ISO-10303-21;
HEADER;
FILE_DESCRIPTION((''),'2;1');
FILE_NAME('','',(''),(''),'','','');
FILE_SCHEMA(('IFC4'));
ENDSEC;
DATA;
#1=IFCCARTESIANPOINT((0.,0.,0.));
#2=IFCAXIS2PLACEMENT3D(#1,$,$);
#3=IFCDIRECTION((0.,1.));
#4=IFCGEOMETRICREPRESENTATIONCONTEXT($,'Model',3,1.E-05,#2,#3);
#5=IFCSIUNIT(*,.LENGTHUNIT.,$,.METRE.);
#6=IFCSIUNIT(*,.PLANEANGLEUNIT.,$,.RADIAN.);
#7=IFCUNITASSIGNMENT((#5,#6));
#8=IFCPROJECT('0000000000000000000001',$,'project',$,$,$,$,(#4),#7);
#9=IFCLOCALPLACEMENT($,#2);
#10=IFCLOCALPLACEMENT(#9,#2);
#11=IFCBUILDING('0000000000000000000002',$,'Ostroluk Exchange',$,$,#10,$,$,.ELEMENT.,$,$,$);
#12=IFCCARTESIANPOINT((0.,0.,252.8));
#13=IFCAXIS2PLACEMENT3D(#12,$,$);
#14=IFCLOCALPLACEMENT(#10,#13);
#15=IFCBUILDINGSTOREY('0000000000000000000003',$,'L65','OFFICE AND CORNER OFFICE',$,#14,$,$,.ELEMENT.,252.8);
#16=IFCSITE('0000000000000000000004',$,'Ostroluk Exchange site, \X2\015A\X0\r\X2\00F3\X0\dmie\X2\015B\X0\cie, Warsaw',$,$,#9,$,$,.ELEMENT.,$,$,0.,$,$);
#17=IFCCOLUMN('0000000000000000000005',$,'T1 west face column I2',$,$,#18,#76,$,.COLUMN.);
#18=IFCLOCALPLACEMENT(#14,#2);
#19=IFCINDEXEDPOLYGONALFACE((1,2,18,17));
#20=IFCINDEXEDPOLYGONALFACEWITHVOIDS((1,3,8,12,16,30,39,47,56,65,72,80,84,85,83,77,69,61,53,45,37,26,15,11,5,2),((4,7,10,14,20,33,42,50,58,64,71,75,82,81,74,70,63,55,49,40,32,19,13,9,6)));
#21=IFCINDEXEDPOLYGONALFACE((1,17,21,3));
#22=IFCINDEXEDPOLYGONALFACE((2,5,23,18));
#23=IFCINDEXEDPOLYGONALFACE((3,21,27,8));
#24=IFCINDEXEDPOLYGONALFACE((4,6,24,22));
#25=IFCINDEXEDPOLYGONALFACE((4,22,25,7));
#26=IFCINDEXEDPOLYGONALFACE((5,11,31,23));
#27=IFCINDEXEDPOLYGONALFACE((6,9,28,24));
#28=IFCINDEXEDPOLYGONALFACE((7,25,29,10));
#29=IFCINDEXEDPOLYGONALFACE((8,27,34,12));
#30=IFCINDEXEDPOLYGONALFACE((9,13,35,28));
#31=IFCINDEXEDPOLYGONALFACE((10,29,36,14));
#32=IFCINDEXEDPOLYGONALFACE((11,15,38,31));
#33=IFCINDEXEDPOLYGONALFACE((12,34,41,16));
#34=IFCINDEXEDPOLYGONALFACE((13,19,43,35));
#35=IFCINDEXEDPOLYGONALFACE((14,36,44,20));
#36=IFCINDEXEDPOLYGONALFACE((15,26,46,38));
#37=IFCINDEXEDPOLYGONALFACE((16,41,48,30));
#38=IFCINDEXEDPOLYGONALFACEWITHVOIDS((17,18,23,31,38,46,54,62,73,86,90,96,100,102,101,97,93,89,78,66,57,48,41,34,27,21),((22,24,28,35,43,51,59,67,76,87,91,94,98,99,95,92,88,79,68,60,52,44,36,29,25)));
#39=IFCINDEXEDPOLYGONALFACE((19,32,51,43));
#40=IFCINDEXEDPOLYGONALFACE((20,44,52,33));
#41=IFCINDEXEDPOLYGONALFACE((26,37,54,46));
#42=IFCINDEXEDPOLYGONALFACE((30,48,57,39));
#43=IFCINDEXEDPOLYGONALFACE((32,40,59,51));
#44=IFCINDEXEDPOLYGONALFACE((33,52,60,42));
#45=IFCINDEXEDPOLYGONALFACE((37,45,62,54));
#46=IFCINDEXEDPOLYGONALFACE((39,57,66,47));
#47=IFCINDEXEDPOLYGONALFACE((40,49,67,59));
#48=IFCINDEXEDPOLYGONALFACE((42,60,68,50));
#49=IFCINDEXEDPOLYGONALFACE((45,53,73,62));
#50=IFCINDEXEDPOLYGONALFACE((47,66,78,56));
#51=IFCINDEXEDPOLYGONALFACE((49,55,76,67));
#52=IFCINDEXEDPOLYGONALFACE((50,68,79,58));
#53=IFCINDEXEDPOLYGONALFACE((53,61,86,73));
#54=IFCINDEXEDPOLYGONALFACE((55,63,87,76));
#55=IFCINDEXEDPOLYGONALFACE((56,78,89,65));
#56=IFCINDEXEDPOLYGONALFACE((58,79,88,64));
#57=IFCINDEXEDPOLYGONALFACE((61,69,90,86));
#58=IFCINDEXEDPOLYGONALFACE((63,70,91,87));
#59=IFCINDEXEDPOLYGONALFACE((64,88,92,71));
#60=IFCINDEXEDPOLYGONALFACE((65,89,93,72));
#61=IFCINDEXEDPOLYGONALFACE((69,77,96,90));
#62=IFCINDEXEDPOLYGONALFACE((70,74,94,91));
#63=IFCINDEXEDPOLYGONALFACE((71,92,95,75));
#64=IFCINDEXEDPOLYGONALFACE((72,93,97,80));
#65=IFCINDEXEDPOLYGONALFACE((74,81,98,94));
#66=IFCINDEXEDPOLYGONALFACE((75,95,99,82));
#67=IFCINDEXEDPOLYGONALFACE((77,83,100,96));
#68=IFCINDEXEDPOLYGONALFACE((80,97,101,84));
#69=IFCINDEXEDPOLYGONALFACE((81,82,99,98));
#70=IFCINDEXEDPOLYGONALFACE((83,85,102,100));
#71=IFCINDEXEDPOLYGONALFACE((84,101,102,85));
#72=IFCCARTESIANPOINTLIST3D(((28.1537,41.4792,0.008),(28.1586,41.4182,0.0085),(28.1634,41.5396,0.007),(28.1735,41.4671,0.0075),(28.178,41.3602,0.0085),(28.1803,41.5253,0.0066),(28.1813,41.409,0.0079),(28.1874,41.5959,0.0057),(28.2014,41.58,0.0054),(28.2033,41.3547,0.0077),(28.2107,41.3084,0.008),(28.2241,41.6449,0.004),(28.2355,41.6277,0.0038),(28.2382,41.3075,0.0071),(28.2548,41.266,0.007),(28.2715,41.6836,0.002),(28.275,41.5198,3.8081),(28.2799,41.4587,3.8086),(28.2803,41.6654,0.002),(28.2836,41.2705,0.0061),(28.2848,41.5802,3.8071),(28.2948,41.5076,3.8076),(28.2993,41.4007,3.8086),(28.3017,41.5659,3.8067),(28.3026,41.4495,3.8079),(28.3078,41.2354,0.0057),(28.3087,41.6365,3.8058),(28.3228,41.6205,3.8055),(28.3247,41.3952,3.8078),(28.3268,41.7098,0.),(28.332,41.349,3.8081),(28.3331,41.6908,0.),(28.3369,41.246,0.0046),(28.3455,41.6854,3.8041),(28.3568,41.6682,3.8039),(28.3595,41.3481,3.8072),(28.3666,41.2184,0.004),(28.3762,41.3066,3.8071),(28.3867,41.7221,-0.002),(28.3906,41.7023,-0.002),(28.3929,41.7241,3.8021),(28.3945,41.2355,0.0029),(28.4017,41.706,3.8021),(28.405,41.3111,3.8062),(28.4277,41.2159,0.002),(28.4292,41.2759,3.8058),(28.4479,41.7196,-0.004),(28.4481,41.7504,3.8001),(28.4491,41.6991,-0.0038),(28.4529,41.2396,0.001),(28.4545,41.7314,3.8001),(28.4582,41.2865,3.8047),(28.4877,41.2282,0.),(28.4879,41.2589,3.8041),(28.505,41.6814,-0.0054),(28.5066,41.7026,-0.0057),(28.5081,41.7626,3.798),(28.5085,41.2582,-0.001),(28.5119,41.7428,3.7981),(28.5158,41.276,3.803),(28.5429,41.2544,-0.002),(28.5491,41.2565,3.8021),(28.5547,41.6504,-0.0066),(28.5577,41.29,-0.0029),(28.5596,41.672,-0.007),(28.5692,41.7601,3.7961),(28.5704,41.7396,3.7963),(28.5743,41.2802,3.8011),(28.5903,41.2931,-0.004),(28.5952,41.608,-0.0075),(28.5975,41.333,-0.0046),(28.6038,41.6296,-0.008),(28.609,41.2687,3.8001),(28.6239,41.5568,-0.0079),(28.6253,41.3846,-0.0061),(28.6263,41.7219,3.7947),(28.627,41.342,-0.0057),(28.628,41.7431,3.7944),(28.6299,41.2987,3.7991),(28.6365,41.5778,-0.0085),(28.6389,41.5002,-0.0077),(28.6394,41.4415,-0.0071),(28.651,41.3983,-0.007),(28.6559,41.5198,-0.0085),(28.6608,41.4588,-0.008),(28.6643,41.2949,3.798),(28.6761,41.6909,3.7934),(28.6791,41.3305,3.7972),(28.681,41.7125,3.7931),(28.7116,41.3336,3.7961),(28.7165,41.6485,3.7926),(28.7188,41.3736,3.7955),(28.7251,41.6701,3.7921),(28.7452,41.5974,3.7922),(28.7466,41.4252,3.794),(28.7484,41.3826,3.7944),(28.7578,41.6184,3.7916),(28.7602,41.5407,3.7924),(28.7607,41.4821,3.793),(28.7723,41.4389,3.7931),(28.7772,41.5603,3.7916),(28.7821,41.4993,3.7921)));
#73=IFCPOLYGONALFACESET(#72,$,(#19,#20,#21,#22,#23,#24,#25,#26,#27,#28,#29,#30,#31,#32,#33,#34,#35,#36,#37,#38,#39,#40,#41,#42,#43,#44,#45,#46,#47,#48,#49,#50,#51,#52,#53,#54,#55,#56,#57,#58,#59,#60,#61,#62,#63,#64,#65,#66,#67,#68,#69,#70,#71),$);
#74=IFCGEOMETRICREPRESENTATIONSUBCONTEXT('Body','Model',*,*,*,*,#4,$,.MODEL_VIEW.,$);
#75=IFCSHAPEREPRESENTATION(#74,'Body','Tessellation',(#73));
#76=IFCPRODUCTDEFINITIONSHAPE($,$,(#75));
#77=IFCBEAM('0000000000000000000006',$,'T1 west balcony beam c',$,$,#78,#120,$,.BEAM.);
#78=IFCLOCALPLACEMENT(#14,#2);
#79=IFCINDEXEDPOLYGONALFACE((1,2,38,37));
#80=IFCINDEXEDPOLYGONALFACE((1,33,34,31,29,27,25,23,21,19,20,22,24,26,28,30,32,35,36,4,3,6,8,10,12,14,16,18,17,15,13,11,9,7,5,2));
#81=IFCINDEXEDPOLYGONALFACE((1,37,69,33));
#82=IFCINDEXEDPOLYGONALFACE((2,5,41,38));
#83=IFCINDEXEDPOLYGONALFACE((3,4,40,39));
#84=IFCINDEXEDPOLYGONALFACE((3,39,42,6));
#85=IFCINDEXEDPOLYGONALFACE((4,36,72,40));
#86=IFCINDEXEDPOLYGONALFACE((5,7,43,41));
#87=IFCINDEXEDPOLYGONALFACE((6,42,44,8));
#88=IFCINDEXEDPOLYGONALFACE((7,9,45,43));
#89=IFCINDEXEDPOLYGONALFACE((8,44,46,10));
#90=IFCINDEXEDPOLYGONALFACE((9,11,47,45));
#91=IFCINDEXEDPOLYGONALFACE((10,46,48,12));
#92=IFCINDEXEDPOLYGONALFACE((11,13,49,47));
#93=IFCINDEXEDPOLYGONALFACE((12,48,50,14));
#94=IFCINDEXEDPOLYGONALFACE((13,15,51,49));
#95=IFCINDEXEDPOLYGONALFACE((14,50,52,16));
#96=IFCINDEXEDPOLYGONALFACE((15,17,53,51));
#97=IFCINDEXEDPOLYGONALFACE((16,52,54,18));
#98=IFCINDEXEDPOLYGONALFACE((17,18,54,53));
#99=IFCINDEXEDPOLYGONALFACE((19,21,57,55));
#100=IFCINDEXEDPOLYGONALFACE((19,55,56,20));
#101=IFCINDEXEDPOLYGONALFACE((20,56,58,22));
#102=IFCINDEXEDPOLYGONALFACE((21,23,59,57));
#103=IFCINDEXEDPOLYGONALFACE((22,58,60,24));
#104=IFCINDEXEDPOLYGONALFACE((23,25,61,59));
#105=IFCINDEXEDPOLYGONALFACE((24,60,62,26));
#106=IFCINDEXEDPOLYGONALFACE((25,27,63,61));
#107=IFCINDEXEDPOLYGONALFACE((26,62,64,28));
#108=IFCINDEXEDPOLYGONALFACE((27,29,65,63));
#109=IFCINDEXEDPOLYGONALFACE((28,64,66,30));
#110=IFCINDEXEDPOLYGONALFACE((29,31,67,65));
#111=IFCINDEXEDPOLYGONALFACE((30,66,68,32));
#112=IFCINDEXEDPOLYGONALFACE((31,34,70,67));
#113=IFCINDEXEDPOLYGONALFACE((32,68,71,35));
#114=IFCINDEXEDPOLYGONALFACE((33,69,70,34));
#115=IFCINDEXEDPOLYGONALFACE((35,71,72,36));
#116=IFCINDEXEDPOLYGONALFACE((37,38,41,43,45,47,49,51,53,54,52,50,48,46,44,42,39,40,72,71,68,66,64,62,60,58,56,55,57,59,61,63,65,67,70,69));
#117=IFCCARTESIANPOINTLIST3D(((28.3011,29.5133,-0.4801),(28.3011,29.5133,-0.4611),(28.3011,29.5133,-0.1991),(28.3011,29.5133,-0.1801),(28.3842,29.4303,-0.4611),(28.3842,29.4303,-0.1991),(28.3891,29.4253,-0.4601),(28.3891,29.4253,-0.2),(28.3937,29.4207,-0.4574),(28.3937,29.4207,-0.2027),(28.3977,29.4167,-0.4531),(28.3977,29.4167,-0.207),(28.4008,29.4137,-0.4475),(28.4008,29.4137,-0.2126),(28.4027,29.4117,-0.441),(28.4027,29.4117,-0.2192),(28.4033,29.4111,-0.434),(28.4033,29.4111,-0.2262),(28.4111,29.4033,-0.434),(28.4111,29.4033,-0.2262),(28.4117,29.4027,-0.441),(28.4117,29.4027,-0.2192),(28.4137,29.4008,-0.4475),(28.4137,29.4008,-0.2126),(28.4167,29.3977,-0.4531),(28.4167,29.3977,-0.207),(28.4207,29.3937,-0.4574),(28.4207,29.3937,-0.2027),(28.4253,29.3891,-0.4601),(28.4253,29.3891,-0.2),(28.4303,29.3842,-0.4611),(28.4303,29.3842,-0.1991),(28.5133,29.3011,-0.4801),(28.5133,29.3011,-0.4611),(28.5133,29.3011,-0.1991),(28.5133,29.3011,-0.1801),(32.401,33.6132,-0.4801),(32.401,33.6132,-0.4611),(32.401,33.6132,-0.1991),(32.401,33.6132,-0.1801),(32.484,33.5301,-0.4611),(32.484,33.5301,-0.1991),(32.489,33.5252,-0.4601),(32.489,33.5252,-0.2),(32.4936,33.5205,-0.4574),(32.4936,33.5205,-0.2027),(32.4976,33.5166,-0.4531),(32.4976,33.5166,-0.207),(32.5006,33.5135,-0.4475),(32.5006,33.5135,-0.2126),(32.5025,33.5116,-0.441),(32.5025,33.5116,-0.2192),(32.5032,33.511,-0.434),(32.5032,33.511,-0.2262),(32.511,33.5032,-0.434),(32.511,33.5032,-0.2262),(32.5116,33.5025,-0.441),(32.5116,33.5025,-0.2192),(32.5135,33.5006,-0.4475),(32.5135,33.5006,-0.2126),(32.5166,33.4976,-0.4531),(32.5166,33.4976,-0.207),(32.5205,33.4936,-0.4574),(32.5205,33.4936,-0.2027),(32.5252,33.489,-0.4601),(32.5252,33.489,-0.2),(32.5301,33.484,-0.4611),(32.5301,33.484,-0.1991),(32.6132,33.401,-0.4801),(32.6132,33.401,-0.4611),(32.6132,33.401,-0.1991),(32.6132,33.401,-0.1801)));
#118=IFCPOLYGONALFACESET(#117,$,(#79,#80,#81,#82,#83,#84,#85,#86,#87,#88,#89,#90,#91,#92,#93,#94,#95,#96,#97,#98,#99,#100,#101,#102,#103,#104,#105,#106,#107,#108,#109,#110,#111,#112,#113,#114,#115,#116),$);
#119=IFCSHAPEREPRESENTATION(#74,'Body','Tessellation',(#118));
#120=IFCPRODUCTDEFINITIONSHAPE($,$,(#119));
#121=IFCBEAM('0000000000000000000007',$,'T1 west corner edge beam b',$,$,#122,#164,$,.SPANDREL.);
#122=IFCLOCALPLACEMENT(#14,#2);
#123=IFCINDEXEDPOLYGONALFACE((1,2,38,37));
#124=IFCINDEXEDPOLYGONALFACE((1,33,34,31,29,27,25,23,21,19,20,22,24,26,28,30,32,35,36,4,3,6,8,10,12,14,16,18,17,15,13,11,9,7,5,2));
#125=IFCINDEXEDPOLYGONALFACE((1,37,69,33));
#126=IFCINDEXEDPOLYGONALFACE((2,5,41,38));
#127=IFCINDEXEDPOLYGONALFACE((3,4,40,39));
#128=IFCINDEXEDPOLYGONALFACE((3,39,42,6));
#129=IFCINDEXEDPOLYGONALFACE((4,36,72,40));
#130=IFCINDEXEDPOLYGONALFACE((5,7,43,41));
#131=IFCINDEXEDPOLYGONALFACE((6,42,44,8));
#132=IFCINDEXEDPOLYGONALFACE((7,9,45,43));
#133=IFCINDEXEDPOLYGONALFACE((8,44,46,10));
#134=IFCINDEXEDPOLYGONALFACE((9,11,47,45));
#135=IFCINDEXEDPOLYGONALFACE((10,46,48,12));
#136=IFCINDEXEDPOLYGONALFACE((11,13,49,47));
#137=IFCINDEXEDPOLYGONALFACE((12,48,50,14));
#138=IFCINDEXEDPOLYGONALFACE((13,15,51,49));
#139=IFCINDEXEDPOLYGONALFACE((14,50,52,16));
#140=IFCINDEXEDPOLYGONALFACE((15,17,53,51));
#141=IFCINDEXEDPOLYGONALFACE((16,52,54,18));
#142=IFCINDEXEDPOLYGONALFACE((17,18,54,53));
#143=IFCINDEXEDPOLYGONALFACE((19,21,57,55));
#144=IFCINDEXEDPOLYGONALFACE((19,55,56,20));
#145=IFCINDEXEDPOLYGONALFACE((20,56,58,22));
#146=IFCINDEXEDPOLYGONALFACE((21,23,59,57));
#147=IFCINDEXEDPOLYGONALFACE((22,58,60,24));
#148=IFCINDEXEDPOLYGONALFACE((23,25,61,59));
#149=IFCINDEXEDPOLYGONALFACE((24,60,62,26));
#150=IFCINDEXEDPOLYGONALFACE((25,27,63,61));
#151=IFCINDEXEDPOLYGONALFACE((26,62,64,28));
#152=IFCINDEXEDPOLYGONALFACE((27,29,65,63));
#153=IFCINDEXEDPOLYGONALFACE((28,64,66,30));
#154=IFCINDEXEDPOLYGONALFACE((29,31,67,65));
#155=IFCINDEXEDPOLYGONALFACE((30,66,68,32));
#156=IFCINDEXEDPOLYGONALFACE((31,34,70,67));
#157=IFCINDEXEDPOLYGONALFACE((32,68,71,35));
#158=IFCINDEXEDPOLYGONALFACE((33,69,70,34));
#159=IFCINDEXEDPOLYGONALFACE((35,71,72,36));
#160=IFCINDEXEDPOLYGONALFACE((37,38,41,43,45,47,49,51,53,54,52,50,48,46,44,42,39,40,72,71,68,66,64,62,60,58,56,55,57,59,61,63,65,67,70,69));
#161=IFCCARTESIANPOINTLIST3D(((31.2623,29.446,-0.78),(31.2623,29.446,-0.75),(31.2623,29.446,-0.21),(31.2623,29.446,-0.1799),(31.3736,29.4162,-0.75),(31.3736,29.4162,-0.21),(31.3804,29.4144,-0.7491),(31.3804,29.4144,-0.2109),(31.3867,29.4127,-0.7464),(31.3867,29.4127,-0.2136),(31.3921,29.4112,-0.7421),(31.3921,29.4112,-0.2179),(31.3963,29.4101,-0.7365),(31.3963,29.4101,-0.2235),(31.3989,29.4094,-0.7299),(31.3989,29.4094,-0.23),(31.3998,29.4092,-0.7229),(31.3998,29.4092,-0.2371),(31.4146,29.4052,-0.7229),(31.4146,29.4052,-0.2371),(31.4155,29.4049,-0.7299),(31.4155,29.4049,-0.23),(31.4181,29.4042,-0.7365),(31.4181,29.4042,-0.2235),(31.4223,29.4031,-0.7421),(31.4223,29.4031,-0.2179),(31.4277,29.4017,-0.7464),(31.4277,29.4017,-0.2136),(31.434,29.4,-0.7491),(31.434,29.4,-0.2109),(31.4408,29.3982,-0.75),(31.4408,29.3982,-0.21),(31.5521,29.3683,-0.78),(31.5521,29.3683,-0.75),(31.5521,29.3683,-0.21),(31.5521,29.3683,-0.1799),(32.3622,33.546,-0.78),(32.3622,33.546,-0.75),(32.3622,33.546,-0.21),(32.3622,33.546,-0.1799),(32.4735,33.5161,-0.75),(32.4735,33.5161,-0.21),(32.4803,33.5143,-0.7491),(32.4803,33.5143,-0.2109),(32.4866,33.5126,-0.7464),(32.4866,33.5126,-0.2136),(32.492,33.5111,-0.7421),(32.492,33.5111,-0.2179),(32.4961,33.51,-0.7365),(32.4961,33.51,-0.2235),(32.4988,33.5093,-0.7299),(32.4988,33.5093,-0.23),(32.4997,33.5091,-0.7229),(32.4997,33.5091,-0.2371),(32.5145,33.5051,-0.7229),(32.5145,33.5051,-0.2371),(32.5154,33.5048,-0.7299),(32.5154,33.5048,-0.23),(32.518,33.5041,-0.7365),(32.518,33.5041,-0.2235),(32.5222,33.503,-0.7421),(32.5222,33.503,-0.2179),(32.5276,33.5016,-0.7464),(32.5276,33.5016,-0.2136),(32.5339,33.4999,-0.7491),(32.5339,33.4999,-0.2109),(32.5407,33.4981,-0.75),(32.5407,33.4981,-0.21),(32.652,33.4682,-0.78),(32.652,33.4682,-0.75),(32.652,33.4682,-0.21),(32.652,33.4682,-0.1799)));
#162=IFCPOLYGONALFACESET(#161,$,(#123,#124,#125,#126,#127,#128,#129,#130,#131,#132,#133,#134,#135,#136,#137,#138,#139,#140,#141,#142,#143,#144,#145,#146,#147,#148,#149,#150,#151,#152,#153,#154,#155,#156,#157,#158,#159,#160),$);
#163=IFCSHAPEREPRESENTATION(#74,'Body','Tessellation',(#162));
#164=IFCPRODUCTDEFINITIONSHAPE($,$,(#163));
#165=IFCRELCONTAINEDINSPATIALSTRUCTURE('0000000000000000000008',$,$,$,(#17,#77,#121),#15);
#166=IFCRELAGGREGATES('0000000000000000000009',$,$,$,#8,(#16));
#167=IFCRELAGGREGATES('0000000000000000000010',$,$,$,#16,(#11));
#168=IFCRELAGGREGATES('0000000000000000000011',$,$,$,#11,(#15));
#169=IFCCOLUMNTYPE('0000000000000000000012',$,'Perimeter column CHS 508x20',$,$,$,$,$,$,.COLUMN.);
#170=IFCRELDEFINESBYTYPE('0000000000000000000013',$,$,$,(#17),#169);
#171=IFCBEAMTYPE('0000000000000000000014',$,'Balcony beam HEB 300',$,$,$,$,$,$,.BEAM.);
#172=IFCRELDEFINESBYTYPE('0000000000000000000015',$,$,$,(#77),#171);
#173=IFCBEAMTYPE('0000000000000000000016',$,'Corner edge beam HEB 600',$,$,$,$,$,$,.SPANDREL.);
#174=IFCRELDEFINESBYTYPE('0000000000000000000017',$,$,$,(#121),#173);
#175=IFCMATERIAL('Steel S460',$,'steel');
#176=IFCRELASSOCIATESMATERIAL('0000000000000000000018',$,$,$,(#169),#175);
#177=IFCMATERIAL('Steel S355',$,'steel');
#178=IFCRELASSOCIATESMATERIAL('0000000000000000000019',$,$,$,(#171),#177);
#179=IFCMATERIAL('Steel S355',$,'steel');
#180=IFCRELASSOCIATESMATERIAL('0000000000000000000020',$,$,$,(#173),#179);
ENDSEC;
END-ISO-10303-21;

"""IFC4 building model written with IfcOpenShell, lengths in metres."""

from ifc_helpers import new_model, si_unit, direction, frame, origin, origin_2d, place, context, subcontext, project, spatial, hollow_circle, i_section, extrude, material, material_profile, profile_set, type_object, element, save


model = new_model("IFC4")

# Units and contexts
model_context = context("Model", 3, precision=1e-05, world=origin(), true_north=direction((0.0, 1.0)))
body_context = subcontext(model_context, "Body", "Model", "MODEL_VIEW")
ifc_project = project(units=[si_unit("LENGTHUNIT", "METRE"), si_unit("PLANEANGLEUNIT", "RADIAN")], contexts=[model_context])

# Site, building, storey
site_placement = place(None, origin())
site = spatial("IfcSite", under=ifc_project, at=site_placement, Name="Ostroluk Exchange site, Śródmieście, Warsaw", CompositionType="ELEMENT", RefElevation=0.0)
building_placement = place(site_placement, origin())
building = spatial("IfcBuilding", under=site, at=building_placement, Name="Ostroluk Exchange", CompositionType="ELEMENT")
storey_placement = place(building_placement, frame((0.0, 0.0, 252.8)))
storey = spatial("IfcBuildingStorey", under=building, at=storey_placement, Name="L65", Description="OFFICE AND CORNER OFFICE", CompositionType="ELEMENT", Elevation=252.8)

# Column
ifc_material_1 = material(Name="Steel S460", Category="steel")
ifc_material_profile_1 = material_profile(ifc_material_1, hollow_circle(Radius=0.2539, WallThickness=0.02, at=origin_2d()), Name="CHS 508x20")
ifc_profile_set_1 = profile_set([ifc_material_profile_1], Name="Steel S460")
column_type = type_object("IfcColumnType", Name="Perimeter column CHS 508x20", PredefinedType="COLUMN", material=ifc_profile_set_1)
column_placement = place(storey_placement, frame((28.4072, 41.469, 0.0), z_axis=(0.031913, 0.010659, 0.999434), x_axis=(-0.3168, 0.948492, 0.0)))
element("IfcColumn", 1, at=column_placement, inside=storey, type_object=column_type, Name="T1 west face column I2", PredefinedType="COLUMN", context=body_context, shape_type="SweptSolid", body=[
    extrude(hollow_circle(Radius=0.2539, WallThickness=0.02, at=origin_2d()), origin(), (0.0, 0.0, 1.0), 3.8022),
])

# Beams
ifc_material_2 = material(Name="Steel S355", Category="steel")
ifc_material_profile_2 = material_profile(ifc_material_2, i_section(OverallWidth=0.3, OverallDepth=0.3, WebThickness=0.011, FlangeThickness=0.019, FilletRadius=0.0271, at=origin_2d()), Name="HEB 300")
ifc_profile_set_2 = profile_set([ifc_material_profile_2], Name="Steel S355")
beam_type_1 = type_object("IfcBeamType", Name="Balcony beam HEB 300", PredefinedType="BEAM", material=ifc_profile_set_2)
beam_1_placement = place(storey_placement, frame((32.5071, 33.5071, -0.3301), z_axis=(-0.707107, -0.707107, 0.0), x_axis=(0.707107, -0.707107, 0.0)))
element("IfcBeam", 2, at=beam_1_placement, inside=storey, type_object=beam_type_1, Name="T1 west balcony beam c", PredefinedType="BEAM", context=body_context, shape_type="SweptSolid", body=[
    extrude(i_section(OverallWidth=0.3, OverallDepth=0.3, WebThickness=0.011, FlangeThickness=0.019, FilletRadius=0.0271, at=origin_2d()), origin(), (0.0, 0.0, 1.0), 5.7981),
])
ifc_material_3 = material(Name="Steel S355", Category="steel")
ifc_material_profile_3 = material_profile(ifc_material_3, i_section(OverallWidth=0.3, OverallDepth=0.6001, WebThickness=0.0154, FlangeThickness=0.03, FilletRadius=0.0271, at=origin_2d()), Name="HEB 600")
ifc_profile_set_3 = profile_set([ifc_material_profile_3], Name="Steel S355")
beam_type_2 = type_object("IfcBeamType", Name="Corner edge beam HEB 600", PredefinedType="SPANDREL", material=ifc_profile_set_3)
beam_2_placement = place(storey_placement, frame((32.5071, 33.5071, -0.48), z_axis=(-0.259105, -0.965849, 0.0), x_axis=(0.965849, -0.259105, 0.0)))
element("IfcBeam", 3, at=beam_2_placement, inside=storey, type_object=beam_type_2, Name="T1 west corner edge beam b", PredefinedType="SPANDREL", context=body_context, shape_type="SweptSolid", body=[
    extrude(i_section(OverallWidth=0.3, OverallDepth=0.6001, WebThickness=0.0154, FlangeThickness=0.03, FilletRadius=0.0271, at=origin_2d()), origin(), (0.0, 0.0, 1.0), 4.2449),
])

save(model, "model.ifc")
